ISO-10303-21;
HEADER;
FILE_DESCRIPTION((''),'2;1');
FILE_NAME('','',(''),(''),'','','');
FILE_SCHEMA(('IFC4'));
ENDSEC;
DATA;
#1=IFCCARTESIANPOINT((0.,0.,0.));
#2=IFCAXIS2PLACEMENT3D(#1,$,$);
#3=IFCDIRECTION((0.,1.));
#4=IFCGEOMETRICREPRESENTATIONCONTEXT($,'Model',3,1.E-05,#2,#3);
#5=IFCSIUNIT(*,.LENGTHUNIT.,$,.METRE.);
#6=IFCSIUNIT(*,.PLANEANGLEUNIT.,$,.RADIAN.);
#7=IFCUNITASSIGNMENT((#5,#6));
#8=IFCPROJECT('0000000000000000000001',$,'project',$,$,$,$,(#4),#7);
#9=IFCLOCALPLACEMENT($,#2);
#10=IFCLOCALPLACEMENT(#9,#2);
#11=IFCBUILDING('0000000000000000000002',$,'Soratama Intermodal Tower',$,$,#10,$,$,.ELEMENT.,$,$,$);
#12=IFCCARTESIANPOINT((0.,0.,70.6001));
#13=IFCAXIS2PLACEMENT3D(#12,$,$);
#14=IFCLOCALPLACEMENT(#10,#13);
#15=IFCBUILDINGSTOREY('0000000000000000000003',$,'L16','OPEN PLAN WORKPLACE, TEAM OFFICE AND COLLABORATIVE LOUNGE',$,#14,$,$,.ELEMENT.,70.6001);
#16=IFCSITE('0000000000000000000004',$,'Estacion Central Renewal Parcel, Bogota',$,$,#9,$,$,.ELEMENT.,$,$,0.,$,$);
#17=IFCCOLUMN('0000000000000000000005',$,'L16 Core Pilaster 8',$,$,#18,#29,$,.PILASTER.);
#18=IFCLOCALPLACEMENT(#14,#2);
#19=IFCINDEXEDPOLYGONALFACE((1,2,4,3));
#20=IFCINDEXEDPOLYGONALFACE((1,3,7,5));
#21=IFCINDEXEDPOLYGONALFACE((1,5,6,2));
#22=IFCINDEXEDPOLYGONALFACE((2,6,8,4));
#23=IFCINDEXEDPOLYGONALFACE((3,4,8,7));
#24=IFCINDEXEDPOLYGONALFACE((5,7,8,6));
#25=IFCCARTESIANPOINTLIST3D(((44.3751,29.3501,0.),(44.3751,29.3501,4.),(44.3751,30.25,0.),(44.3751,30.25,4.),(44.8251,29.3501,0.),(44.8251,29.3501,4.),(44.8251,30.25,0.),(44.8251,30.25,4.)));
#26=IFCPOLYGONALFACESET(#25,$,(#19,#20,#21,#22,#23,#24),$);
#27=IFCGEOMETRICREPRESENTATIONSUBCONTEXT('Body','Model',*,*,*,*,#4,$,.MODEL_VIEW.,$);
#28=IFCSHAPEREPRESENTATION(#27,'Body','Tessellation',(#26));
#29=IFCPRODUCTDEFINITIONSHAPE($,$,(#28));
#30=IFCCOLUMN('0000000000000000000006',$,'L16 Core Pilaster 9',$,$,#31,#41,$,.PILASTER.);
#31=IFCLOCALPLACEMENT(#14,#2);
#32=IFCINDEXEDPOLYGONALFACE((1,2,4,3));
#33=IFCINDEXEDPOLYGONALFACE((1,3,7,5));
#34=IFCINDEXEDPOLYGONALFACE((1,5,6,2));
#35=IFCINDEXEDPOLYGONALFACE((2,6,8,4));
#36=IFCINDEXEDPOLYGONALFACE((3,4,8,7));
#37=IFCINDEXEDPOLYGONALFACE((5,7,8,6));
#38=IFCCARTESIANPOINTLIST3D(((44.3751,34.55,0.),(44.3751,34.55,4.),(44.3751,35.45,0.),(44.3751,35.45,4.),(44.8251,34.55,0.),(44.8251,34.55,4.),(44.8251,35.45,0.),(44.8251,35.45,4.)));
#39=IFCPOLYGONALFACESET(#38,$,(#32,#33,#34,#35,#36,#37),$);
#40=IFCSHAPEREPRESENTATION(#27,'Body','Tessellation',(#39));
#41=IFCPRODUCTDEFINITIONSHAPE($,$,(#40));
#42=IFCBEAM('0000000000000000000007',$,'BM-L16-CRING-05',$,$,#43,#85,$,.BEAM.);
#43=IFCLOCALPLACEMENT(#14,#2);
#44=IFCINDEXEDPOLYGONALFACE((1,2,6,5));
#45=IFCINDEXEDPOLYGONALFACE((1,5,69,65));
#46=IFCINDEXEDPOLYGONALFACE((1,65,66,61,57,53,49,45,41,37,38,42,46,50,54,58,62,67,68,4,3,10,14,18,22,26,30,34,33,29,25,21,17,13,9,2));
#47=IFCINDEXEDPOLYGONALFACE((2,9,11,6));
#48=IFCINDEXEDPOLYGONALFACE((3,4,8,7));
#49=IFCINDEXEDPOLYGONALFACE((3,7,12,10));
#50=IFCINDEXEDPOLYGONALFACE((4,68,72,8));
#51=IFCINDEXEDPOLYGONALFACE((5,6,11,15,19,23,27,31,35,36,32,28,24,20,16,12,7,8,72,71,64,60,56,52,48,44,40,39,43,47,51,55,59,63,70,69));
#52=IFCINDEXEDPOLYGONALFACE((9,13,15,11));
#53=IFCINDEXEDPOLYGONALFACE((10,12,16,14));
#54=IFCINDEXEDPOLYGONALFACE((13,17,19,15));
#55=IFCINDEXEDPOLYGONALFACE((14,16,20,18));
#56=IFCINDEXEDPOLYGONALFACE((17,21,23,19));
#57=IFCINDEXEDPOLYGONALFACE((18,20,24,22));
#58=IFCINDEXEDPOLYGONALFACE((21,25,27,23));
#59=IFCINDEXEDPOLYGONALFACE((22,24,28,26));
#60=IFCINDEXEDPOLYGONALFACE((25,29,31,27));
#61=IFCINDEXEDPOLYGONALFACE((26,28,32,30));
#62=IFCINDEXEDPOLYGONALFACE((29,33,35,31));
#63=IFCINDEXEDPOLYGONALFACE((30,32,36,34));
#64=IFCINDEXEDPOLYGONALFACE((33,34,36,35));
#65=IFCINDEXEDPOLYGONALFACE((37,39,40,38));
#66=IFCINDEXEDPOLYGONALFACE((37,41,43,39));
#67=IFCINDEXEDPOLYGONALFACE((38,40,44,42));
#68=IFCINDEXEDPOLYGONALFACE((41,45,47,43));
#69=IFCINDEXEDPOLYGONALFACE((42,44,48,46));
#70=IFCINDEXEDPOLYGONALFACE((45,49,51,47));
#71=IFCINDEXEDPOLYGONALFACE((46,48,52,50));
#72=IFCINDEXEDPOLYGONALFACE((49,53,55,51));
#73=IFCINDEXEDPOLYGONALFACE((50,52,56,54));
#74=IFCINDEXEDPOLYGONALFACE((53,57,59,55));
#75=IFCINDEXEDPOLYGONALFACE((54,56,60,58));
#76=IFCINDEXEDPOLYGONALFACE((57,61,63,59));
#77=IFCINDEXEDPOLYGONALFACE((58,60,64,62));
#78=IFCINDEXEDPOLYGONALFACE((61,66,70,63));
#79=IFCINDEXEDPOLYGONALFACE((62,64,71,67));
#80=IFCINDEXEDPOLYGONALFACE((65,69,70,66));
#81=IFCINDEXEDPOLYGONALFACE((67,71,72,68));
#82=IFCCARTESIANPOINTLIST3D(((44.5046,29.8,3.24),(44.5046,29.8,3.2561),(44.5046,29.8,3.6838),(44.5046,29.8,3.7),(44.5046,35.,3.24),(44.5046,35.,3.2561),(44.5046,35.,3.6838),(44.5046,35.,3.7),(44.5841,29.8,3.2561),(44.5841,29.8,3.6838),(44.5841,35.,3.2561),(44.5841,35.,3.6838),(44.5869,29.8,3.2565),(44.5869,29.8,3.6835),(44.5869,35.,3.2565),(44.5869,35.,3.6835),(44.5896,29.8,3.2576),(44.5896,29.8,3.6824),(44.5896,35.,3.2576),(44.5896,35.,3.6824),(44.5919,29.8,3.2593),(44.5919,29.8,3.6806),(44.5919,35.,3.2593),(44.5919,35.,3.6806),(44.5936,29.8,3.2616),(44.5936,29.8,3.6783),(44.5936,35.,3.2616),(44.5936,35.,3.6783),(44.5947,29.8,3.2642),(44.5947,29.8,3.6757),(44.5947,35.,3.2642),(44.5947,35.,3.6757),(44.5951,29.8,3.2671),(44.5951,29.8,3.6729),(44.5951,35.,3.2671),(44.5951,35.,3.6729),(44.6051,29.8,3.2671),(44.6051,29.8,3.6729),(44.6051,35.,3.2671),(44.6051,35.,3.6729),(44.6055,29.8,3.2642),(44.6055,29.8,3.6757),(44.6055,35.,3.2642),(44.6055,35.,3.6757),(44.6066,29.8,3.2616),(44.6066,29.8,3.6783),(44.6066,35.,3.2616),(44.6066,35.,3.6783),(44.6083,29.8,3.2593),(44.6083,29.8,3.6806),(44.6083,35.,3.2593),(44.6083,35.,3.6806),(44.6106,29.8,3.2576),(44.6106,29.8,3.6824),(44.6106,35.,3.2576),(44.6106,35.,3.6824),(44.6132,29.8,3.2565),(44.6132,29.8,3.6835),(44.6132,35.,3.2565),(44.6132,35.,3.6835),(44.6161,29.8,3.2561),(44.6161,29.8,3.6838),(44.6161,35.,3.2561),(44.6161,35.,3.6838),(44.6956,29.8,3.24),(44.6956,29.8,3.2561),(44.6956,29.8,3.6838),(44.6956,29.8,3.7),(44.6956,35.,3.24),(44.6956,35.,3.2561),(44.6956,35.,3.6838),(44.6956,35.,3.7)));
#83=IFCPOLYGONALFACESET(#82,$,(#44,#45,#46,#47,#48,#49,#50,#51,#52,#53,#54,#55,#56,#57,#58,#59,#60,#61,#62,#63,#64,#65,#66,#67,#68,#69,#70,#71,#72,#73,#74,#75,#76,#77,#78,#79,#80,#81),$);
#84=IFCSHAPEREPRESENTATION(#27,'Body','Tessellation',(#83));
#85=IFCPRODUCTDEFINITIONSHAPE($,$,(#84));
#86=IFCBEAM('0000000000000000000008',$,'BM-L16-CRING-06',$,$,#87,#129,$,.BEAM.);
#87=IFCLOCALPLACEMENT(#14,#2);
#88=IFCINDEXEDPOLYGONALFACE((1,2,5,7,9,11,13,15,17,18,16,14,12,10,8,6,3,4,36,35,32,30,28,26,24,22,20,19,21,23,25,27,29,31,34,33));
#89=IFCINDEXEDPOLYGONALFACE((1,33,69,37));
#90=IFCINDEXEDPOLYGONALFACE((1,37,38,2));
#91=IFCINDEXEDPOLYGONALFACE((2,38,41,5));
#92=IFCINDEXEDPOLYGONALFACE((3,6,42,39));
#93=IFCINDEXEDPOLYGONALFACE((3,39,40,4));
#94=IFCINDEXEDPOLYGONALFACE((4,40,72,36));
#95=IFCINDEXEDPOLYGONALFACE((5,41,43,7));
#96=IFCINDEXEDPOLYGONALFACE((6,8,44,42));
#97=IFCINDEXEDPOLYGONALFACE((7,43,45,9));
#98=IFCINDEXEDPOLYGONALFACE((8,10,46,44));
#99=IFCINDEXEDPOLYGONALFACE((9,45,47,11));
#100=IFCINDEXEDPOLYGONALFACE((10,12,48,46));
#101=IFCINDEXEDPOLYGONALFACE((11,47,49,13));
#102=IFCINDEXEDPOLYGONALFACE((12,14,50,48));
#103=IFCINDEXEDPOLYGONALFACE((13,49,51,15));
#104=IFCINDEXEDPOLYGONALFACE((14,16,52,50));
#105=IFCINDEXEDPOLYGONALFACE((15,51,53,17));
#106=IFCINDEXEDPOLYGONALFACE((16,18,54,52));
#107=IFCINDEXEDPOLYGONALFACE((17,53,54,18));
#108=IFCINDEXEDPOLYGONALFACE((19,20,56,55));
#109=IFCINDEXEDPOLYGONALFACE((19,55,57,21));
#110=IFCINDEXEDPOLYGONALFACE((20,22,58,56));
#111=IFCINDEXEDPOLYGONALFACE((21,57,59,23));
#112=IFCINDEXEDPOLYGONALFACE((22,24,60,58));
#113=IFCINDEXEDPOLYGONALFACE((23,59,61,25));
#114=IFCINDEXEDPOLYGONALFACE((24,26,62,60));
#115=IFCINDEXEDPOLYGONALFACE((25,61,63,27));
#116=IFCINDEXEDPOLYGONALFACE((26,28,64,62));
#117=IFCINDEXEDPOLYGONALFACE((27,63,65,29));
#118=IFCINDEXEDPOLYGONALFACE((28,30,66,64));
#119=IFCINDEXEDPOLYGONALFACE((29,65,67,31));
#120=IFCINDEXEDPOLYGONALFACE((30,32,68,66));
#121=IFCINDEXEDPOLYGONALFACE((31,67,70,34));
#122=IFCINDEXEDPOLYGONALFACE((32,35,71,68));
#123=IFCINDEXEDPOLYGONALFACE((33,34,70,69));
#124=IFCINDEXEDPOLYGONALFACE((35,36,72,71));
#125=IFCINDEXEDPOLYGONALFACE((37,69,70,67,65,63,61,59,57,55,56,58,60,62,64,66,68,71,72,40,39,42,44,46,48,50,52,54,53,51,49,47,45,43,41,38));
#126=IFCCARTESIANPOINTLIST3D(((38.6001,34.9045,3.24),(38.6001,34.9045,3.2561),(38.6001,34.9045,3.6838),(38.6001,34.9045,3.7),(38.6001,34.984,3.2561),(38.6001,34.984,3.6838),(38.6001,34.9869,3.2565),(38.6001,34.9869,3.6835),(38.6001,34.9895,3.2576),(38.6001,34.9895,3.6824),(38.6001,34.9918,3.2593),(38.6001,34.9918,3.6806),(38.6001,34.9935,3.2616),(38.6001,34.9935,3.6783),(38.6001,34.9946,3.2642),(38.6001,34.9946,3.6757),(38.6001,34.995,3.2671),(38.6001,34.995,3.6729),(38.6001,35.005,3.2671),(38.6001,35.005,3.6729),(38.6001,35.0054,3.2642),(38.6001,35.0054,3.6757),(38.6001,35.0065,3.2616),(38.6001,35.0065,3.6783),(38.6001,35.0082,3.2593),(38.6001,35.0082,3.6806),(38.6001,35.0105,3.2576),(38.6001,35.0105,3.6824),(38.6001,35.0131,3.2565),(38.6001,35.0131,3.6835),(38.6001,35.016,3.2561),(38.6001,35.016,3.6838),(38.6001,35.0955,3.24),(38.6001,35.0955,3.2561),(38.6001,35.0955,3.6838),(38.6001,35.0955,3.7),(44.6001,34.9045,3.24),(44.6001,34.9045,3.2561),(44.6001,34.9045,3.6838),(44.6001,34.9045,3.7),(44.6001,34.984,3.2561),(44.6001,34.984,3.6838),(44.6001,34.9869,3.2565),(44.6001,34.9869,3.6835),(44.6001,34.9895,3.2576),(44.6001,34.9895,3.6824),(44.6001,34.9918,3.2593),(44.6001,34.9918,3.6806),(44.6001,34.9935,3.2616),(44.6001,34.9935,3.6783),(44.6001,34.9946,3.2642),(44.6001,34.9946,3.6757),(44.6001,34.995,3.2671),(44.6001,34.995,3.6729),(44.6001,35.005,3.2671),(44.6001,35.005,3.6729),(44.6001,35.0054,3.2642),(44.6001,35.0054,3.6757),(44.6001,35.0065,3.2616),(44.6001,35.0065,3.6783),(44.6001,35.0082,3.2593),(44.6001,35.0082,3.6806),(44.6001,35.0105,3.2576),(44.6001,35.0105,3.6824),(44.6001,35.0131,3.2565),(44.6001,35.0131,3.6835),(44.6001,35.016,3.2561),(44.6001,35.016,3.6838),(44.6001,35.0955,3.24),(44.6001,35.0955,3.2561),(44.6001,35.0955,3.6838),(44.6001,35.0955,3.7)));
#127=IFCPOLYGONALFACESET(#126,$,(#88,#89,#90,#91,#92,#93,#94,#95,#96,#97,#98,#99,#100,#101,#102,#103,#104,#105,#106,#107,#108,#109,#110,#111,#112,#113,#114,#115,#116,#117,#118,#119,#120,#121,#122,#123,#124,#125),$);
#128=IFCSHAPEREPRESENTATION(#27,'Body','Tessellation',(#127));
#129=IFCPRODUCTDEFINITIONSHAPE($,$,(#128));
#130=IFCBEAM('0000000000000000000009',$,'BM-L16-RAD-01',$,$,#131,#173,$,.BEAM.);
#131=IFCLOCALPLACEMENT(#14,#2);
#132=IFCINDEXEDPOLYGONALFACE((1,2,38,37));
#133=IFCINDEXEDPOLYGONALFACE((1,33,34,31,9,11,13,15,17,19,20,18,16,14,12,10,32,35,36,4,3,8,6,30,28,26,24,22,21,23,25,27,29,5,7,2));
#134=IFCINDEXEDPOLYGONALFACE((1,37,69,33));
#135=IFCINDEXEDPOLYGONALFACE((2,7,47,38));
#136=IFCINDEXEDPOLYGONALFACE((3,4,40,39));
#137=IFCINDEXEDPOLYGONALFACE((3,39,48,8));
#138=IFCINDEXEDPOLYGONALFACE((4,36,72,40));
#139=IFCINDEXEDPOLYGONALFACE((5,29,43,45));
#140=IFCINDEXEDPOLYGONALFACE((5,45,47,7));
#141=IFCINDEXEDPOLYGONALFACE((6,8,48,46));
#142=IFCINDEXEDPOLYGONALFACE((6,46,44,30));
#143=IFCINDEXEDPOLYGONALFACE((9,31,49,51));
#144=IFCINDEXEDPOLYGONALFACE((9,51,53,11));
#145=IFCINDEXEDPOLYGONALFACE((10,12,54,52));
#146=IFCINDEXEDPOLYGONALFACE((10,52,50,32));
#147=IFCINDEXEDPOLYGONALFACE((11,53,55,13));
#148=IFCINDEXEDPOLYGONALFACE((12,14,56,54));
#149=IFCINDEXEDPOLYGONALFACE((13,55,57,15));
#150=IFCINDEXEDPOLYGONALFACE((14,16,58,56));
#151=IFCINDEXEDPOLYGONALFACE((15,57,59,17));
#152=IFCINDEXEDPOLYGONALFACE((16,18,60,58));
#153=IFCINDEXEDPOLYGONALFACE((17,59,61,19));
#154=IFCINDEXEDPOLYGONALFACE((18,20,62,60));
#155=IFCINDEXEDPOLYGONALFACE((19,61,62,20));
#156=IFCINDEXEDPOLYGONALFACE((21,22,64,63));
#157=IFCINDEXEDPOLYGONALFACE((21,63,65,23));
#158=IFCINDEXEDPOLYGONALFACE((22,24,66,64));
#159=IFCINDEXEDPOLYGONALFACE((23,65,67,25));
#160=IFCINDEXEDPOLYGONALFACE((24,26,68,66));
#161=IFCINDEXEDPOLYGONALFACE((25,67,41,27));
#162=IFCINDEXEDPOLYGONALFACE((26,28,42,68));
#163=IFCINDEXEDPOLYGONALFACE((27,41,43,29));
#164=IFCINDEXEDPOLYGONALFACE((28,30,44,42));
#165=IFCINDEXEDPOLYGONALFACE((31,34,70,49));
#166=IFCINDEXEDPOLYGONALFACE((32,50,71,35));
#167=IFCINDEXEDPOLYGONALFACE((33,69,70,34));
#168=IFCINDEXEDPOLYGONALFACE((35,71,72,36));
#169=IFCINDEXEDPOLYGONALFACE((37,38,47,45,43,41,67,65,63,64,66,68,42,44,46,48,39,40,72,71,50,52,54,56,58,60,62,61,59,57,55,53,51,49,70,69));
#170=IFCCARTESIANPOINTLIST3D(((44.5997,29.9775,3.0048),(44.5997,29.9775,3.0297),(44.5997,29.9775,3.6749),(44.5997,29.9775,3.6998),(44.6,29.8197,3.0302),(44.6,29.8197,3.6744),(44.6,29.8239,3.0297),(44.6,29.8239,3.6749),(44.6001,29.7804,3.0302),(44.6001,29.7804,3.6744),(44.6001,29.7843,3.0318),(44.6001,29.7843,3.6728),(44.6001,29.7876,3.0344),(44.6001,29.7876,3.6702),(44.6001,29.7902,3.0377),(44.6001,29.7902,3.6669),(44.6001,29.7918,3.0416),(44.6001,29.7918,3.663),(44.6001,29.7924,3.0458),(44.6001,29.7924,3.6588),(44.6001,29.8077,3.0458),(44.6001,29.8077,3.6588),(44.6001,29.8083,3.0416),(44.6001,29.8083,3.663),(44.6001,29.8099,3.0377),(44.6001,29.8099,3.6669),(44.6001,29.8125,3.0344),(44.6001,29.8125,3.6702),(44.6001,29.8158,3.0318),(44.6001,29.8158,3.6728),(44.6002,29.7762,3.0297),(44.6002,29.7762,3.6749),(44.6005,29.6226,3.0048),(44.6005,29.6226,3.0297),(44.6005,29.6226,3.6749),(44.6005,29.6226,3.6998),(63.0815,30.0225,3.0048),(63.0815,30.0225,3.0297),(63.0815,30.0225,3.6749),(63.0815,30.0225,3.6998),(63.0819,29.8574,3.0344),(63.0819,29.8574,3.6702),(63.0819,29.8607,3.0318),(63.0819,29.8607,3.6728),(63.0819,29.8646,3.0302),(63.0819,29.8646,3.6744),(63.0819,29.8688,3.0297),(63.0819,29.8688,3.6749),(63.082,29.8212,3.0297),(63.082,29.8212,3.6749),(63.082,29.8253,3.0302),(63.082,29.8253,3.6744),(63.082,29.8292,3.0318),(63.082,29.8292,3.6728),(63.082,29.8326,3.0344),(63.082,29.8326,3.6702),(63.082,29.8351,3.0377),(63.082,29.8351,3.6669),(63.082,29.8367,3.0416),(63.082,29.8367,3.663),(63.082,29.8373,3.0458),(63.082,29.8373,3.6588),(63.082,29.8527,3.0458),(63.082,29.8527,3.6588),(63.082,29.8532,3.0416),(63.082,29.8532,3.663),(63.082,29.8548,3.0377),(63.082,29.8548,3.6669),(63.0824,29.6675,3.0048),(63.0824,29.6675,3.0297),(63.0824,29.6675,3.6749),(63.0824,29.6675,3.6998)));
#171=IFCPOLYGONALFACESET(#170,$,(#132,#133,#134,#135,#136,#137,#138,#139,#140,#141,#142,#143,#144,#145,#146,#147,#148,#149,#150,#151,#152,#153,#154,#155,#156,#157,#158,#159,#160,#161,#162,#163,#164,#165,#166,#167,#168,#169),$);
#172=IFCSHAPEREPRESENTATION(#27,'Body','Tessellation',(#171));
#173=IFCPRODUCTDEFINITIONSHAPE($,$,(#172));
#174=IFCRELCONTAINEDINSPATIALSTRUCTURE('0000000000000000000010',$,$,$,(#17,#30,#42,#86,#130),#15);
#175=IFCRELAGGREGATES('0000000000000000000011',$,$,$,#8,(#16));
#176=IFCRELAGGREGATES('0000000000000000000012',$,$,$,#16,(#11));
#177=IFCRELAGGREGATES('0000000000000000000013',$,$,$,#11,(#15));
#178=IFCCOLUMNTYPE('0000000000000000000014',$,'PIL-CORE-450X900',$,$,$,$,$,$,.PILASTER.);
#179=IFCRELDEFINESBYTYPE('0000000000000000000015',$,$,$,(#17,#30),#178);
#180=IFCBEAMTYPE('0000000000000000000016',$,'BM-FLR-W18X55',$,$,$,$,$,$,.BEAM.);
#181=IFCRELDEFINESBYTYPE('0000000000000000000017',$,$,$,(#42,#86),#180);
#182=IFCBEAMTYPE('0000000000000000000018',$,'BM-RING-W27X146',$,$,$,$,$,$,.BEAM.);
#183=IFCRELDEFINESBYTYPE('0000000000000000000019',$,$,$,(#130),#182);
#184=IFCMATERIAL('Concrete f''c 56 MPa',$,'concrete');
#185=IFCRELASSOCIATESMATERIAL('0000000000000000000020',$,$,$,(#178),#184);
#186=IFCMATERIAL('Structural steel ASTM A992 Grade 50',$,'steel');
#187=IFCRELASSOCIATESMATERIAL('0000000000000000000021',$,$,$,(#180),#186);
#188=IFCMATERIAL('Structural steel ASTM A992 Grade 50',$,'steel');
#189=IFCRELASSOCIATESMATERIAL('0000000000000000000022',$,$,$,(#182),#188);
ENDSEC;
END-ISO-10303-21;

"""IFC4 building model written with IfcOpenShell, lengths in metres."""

from ifc_helpers import new_model, si_unit, direction, frame, origin, origin_2d, place, context, subcontext, project, spatial, rectangle, i_section, extrude, material, material_profile, profile_set, type_object, element, save


model = new_model("IFC4")

# Units and contexts
model_context = context("Model", 3, precision=1e-05, world=origin(), true_north=direction((0.0, 1.0)))
body_context = subcontext(model_context, "Body", "Model", "MODEL_VIEW")
ifc_project = project(units=[si_unit("LENGTHUNIT", "METRE"), si_unit("PLANEANGLEUNIT", "RADIAN")], contexts=[model_context])

# Site, building, storey
site_placement = place(None, origin())
site = spatial("IfcSite", under=ifc_project, at=site_placement, Name="Estacion Central Renewal Parcel, Bogota", CompositionType="ELEMENT", RefElevation=0.0)
building_placement = place(site_placement, origin())
building = spatial("IfcBuilding", under=site, at=building_placement, Name="Soratama Intermodal Tower", CompositionType="ELEMENT")
storey_placement = place(building_placement, frame((0.0, 0.0, 70.6001)))
storey = spatial("IfcBuildingStorey", under=building, at=storey_placement, Name="L16", Description="OPEN PLAN WORKPLACE, TEAM OFFICE AND COLLABORATIVE LOUNGE", CompositionType="ELEMENT", Elevation=70.6001)

# Columns
ifc_material_1 = material(Name="Concrete f'c 56 MPa", Category="concrete")
ifc_material_profile_1 = material_profile(ifc_material_1, rectangle(XDim=0.45, YDim=0.8999, at=origin_2d()), Name="RC450X900")
ifc_profile_set_1 = profile_set([ifc_material_profile_1], Name="Concrete f'c 56 MPa")
column_type = type_object("IfcColumnType", Name="PIL-CORE-450X900", PredefinedType="PILASTER", material=ifc_profile_set_1)
for number, where, z_axis, x_axis, name in (
    (1, (44.6001, 29.8, 0.0), (0.0, 0.0, 1.0), (1.0, 0.0, 0.0), "L16 Core Pilaster 8"),
    (2, (44.6001, 35.0, 0.0), (0.0, 0.0, 1.0), (1.0, 0.0, 0.0), "L16 Core Pilaster 9"),
):
    element("IfcColumn", number, at=place(storey_placement, frame(where, z_axis=z_axis, x_axis=x_axis)), inside=storey, type_object=column_type, Name=name, PredefinedType="PILASTER", context=body_context, shape_type="SweptSolid", body=[
        extrude(rectangle(XDim=0.45, YDim=0.8999, at=origin_2d()), origin(), (0.0, 0.0, 1.0), 4.0),
    ])

# Beams
ifc_material_2 = material(Name="Structural steel ASTM A992 Grade 50", Category="steel")
ifc_material_profile_2 = material_profile(ifc_material_2, i_section(OverallWidth=0.1909, OverallDepth=0.46, WebThickness=0.01, FlangeThickness=0.0161, FilletRadius=0.011, at=origin_2d()), Name="W18X55")
ifc_profile_set_2 = profile_set([ifc_material_profile_2], Name="Structural steel ASTM A992 Grade 50")
beam_type_1 = type_object("IfcBeamType", Name="BM-FLR-W18X55", PredefinedType="BEAM", material=ifc_profile_set_2)
beam_1_placement = place(storey_placement, frame((44.6001, 29.8, 3.47), z_axis=(0.0, 1.0, 0.0), x_axis=(-1.0, 0.0, 0.0)))
element("IfcBeam", 3, at=beam_1_placement, inside=storey, type_object=beam_type_1, Name="BM-L16-CRING-05", PredefinedType="BEAM", context=body_context, shape_type="SweptSolid", body=[
    extrude(i_section(OverallWidth=0.1909, OverallDepth=0.46, WebThickness=0.01, FlangeThickness=0.0161, FilletRadius=0.011, at=origin_2d()), origin(), (0.0, 0.0, 1.0), 5.2),
])
beam_2_placement = place(storey_placement, frame((44.6001, 35.0, 3.47), z_axis=(-1.0, 0.0, 0.0), x_axis=(0.0, -1.0, 0.0)))
element("IfcBeam", 4, at=beam_2_placement, inside=storey, type_object=beam_type_1, Name="BM-L16-CRING-06", PredefinedType="BEAM", context=body_context, shape_type="SweptSolid", body=[
    extrude(i_section(OverallWidth=0.1909, OverallDepth=0.46, WebThickness=0.01, FlangeThickness=0.0161, FilletRadius=0.011, at=origin_2d()), origin(), (0.0, 0.0, 1.0), 6.0),
])
ifc_material_3 = material(Name="Structural steel ASTM A992 Grade 50", Category="steel")
ifc_material_profile_3 = material_profile(ifc_material_3, i_section(OverallWidth=0.355, OverallDepth=0.6951, WebThickness=0.0154, FlangeThickness=0.0249, FilletRadius=0.0161, at=origin_2d()), Name="W27X146")
ifc_profile_set_3 = profile_set([ifc_material_profile_3], Name="Structural steel ASTM A992 Grade 50")
beam_type_2 = type_object("IfcBeamType", Name="BM-RING-W27X146", PredefinedType="BEAM", material=ifc_profile_set_3)
beam_3_placement = place(storey_placement, frame((44.6001, 29.8, 3.3523), z_axis=(0.999997, 0.002431, 0.0), x_axis=(-0.002431, 0.999997, 0.0)))
element("IfcBeam", 5, at=beam_3_placement, inside=storey, type_object=beam_type_2, Name="BM-L16-RAD-01", PredefinedType="BEAM", context=body_context, shape_type="SweptSolid", body=[
    extrude(i_section(OverallWidth=0.355, OverallDepth=0.6951, WebThickness=0.0154, FlangeThickness=0.0249, FilletRadius=0.0161, at=origin_2d()), origin(), (0.0, 0.0, 1.0), 18.4819),
])

save(model, "model.ifc")
